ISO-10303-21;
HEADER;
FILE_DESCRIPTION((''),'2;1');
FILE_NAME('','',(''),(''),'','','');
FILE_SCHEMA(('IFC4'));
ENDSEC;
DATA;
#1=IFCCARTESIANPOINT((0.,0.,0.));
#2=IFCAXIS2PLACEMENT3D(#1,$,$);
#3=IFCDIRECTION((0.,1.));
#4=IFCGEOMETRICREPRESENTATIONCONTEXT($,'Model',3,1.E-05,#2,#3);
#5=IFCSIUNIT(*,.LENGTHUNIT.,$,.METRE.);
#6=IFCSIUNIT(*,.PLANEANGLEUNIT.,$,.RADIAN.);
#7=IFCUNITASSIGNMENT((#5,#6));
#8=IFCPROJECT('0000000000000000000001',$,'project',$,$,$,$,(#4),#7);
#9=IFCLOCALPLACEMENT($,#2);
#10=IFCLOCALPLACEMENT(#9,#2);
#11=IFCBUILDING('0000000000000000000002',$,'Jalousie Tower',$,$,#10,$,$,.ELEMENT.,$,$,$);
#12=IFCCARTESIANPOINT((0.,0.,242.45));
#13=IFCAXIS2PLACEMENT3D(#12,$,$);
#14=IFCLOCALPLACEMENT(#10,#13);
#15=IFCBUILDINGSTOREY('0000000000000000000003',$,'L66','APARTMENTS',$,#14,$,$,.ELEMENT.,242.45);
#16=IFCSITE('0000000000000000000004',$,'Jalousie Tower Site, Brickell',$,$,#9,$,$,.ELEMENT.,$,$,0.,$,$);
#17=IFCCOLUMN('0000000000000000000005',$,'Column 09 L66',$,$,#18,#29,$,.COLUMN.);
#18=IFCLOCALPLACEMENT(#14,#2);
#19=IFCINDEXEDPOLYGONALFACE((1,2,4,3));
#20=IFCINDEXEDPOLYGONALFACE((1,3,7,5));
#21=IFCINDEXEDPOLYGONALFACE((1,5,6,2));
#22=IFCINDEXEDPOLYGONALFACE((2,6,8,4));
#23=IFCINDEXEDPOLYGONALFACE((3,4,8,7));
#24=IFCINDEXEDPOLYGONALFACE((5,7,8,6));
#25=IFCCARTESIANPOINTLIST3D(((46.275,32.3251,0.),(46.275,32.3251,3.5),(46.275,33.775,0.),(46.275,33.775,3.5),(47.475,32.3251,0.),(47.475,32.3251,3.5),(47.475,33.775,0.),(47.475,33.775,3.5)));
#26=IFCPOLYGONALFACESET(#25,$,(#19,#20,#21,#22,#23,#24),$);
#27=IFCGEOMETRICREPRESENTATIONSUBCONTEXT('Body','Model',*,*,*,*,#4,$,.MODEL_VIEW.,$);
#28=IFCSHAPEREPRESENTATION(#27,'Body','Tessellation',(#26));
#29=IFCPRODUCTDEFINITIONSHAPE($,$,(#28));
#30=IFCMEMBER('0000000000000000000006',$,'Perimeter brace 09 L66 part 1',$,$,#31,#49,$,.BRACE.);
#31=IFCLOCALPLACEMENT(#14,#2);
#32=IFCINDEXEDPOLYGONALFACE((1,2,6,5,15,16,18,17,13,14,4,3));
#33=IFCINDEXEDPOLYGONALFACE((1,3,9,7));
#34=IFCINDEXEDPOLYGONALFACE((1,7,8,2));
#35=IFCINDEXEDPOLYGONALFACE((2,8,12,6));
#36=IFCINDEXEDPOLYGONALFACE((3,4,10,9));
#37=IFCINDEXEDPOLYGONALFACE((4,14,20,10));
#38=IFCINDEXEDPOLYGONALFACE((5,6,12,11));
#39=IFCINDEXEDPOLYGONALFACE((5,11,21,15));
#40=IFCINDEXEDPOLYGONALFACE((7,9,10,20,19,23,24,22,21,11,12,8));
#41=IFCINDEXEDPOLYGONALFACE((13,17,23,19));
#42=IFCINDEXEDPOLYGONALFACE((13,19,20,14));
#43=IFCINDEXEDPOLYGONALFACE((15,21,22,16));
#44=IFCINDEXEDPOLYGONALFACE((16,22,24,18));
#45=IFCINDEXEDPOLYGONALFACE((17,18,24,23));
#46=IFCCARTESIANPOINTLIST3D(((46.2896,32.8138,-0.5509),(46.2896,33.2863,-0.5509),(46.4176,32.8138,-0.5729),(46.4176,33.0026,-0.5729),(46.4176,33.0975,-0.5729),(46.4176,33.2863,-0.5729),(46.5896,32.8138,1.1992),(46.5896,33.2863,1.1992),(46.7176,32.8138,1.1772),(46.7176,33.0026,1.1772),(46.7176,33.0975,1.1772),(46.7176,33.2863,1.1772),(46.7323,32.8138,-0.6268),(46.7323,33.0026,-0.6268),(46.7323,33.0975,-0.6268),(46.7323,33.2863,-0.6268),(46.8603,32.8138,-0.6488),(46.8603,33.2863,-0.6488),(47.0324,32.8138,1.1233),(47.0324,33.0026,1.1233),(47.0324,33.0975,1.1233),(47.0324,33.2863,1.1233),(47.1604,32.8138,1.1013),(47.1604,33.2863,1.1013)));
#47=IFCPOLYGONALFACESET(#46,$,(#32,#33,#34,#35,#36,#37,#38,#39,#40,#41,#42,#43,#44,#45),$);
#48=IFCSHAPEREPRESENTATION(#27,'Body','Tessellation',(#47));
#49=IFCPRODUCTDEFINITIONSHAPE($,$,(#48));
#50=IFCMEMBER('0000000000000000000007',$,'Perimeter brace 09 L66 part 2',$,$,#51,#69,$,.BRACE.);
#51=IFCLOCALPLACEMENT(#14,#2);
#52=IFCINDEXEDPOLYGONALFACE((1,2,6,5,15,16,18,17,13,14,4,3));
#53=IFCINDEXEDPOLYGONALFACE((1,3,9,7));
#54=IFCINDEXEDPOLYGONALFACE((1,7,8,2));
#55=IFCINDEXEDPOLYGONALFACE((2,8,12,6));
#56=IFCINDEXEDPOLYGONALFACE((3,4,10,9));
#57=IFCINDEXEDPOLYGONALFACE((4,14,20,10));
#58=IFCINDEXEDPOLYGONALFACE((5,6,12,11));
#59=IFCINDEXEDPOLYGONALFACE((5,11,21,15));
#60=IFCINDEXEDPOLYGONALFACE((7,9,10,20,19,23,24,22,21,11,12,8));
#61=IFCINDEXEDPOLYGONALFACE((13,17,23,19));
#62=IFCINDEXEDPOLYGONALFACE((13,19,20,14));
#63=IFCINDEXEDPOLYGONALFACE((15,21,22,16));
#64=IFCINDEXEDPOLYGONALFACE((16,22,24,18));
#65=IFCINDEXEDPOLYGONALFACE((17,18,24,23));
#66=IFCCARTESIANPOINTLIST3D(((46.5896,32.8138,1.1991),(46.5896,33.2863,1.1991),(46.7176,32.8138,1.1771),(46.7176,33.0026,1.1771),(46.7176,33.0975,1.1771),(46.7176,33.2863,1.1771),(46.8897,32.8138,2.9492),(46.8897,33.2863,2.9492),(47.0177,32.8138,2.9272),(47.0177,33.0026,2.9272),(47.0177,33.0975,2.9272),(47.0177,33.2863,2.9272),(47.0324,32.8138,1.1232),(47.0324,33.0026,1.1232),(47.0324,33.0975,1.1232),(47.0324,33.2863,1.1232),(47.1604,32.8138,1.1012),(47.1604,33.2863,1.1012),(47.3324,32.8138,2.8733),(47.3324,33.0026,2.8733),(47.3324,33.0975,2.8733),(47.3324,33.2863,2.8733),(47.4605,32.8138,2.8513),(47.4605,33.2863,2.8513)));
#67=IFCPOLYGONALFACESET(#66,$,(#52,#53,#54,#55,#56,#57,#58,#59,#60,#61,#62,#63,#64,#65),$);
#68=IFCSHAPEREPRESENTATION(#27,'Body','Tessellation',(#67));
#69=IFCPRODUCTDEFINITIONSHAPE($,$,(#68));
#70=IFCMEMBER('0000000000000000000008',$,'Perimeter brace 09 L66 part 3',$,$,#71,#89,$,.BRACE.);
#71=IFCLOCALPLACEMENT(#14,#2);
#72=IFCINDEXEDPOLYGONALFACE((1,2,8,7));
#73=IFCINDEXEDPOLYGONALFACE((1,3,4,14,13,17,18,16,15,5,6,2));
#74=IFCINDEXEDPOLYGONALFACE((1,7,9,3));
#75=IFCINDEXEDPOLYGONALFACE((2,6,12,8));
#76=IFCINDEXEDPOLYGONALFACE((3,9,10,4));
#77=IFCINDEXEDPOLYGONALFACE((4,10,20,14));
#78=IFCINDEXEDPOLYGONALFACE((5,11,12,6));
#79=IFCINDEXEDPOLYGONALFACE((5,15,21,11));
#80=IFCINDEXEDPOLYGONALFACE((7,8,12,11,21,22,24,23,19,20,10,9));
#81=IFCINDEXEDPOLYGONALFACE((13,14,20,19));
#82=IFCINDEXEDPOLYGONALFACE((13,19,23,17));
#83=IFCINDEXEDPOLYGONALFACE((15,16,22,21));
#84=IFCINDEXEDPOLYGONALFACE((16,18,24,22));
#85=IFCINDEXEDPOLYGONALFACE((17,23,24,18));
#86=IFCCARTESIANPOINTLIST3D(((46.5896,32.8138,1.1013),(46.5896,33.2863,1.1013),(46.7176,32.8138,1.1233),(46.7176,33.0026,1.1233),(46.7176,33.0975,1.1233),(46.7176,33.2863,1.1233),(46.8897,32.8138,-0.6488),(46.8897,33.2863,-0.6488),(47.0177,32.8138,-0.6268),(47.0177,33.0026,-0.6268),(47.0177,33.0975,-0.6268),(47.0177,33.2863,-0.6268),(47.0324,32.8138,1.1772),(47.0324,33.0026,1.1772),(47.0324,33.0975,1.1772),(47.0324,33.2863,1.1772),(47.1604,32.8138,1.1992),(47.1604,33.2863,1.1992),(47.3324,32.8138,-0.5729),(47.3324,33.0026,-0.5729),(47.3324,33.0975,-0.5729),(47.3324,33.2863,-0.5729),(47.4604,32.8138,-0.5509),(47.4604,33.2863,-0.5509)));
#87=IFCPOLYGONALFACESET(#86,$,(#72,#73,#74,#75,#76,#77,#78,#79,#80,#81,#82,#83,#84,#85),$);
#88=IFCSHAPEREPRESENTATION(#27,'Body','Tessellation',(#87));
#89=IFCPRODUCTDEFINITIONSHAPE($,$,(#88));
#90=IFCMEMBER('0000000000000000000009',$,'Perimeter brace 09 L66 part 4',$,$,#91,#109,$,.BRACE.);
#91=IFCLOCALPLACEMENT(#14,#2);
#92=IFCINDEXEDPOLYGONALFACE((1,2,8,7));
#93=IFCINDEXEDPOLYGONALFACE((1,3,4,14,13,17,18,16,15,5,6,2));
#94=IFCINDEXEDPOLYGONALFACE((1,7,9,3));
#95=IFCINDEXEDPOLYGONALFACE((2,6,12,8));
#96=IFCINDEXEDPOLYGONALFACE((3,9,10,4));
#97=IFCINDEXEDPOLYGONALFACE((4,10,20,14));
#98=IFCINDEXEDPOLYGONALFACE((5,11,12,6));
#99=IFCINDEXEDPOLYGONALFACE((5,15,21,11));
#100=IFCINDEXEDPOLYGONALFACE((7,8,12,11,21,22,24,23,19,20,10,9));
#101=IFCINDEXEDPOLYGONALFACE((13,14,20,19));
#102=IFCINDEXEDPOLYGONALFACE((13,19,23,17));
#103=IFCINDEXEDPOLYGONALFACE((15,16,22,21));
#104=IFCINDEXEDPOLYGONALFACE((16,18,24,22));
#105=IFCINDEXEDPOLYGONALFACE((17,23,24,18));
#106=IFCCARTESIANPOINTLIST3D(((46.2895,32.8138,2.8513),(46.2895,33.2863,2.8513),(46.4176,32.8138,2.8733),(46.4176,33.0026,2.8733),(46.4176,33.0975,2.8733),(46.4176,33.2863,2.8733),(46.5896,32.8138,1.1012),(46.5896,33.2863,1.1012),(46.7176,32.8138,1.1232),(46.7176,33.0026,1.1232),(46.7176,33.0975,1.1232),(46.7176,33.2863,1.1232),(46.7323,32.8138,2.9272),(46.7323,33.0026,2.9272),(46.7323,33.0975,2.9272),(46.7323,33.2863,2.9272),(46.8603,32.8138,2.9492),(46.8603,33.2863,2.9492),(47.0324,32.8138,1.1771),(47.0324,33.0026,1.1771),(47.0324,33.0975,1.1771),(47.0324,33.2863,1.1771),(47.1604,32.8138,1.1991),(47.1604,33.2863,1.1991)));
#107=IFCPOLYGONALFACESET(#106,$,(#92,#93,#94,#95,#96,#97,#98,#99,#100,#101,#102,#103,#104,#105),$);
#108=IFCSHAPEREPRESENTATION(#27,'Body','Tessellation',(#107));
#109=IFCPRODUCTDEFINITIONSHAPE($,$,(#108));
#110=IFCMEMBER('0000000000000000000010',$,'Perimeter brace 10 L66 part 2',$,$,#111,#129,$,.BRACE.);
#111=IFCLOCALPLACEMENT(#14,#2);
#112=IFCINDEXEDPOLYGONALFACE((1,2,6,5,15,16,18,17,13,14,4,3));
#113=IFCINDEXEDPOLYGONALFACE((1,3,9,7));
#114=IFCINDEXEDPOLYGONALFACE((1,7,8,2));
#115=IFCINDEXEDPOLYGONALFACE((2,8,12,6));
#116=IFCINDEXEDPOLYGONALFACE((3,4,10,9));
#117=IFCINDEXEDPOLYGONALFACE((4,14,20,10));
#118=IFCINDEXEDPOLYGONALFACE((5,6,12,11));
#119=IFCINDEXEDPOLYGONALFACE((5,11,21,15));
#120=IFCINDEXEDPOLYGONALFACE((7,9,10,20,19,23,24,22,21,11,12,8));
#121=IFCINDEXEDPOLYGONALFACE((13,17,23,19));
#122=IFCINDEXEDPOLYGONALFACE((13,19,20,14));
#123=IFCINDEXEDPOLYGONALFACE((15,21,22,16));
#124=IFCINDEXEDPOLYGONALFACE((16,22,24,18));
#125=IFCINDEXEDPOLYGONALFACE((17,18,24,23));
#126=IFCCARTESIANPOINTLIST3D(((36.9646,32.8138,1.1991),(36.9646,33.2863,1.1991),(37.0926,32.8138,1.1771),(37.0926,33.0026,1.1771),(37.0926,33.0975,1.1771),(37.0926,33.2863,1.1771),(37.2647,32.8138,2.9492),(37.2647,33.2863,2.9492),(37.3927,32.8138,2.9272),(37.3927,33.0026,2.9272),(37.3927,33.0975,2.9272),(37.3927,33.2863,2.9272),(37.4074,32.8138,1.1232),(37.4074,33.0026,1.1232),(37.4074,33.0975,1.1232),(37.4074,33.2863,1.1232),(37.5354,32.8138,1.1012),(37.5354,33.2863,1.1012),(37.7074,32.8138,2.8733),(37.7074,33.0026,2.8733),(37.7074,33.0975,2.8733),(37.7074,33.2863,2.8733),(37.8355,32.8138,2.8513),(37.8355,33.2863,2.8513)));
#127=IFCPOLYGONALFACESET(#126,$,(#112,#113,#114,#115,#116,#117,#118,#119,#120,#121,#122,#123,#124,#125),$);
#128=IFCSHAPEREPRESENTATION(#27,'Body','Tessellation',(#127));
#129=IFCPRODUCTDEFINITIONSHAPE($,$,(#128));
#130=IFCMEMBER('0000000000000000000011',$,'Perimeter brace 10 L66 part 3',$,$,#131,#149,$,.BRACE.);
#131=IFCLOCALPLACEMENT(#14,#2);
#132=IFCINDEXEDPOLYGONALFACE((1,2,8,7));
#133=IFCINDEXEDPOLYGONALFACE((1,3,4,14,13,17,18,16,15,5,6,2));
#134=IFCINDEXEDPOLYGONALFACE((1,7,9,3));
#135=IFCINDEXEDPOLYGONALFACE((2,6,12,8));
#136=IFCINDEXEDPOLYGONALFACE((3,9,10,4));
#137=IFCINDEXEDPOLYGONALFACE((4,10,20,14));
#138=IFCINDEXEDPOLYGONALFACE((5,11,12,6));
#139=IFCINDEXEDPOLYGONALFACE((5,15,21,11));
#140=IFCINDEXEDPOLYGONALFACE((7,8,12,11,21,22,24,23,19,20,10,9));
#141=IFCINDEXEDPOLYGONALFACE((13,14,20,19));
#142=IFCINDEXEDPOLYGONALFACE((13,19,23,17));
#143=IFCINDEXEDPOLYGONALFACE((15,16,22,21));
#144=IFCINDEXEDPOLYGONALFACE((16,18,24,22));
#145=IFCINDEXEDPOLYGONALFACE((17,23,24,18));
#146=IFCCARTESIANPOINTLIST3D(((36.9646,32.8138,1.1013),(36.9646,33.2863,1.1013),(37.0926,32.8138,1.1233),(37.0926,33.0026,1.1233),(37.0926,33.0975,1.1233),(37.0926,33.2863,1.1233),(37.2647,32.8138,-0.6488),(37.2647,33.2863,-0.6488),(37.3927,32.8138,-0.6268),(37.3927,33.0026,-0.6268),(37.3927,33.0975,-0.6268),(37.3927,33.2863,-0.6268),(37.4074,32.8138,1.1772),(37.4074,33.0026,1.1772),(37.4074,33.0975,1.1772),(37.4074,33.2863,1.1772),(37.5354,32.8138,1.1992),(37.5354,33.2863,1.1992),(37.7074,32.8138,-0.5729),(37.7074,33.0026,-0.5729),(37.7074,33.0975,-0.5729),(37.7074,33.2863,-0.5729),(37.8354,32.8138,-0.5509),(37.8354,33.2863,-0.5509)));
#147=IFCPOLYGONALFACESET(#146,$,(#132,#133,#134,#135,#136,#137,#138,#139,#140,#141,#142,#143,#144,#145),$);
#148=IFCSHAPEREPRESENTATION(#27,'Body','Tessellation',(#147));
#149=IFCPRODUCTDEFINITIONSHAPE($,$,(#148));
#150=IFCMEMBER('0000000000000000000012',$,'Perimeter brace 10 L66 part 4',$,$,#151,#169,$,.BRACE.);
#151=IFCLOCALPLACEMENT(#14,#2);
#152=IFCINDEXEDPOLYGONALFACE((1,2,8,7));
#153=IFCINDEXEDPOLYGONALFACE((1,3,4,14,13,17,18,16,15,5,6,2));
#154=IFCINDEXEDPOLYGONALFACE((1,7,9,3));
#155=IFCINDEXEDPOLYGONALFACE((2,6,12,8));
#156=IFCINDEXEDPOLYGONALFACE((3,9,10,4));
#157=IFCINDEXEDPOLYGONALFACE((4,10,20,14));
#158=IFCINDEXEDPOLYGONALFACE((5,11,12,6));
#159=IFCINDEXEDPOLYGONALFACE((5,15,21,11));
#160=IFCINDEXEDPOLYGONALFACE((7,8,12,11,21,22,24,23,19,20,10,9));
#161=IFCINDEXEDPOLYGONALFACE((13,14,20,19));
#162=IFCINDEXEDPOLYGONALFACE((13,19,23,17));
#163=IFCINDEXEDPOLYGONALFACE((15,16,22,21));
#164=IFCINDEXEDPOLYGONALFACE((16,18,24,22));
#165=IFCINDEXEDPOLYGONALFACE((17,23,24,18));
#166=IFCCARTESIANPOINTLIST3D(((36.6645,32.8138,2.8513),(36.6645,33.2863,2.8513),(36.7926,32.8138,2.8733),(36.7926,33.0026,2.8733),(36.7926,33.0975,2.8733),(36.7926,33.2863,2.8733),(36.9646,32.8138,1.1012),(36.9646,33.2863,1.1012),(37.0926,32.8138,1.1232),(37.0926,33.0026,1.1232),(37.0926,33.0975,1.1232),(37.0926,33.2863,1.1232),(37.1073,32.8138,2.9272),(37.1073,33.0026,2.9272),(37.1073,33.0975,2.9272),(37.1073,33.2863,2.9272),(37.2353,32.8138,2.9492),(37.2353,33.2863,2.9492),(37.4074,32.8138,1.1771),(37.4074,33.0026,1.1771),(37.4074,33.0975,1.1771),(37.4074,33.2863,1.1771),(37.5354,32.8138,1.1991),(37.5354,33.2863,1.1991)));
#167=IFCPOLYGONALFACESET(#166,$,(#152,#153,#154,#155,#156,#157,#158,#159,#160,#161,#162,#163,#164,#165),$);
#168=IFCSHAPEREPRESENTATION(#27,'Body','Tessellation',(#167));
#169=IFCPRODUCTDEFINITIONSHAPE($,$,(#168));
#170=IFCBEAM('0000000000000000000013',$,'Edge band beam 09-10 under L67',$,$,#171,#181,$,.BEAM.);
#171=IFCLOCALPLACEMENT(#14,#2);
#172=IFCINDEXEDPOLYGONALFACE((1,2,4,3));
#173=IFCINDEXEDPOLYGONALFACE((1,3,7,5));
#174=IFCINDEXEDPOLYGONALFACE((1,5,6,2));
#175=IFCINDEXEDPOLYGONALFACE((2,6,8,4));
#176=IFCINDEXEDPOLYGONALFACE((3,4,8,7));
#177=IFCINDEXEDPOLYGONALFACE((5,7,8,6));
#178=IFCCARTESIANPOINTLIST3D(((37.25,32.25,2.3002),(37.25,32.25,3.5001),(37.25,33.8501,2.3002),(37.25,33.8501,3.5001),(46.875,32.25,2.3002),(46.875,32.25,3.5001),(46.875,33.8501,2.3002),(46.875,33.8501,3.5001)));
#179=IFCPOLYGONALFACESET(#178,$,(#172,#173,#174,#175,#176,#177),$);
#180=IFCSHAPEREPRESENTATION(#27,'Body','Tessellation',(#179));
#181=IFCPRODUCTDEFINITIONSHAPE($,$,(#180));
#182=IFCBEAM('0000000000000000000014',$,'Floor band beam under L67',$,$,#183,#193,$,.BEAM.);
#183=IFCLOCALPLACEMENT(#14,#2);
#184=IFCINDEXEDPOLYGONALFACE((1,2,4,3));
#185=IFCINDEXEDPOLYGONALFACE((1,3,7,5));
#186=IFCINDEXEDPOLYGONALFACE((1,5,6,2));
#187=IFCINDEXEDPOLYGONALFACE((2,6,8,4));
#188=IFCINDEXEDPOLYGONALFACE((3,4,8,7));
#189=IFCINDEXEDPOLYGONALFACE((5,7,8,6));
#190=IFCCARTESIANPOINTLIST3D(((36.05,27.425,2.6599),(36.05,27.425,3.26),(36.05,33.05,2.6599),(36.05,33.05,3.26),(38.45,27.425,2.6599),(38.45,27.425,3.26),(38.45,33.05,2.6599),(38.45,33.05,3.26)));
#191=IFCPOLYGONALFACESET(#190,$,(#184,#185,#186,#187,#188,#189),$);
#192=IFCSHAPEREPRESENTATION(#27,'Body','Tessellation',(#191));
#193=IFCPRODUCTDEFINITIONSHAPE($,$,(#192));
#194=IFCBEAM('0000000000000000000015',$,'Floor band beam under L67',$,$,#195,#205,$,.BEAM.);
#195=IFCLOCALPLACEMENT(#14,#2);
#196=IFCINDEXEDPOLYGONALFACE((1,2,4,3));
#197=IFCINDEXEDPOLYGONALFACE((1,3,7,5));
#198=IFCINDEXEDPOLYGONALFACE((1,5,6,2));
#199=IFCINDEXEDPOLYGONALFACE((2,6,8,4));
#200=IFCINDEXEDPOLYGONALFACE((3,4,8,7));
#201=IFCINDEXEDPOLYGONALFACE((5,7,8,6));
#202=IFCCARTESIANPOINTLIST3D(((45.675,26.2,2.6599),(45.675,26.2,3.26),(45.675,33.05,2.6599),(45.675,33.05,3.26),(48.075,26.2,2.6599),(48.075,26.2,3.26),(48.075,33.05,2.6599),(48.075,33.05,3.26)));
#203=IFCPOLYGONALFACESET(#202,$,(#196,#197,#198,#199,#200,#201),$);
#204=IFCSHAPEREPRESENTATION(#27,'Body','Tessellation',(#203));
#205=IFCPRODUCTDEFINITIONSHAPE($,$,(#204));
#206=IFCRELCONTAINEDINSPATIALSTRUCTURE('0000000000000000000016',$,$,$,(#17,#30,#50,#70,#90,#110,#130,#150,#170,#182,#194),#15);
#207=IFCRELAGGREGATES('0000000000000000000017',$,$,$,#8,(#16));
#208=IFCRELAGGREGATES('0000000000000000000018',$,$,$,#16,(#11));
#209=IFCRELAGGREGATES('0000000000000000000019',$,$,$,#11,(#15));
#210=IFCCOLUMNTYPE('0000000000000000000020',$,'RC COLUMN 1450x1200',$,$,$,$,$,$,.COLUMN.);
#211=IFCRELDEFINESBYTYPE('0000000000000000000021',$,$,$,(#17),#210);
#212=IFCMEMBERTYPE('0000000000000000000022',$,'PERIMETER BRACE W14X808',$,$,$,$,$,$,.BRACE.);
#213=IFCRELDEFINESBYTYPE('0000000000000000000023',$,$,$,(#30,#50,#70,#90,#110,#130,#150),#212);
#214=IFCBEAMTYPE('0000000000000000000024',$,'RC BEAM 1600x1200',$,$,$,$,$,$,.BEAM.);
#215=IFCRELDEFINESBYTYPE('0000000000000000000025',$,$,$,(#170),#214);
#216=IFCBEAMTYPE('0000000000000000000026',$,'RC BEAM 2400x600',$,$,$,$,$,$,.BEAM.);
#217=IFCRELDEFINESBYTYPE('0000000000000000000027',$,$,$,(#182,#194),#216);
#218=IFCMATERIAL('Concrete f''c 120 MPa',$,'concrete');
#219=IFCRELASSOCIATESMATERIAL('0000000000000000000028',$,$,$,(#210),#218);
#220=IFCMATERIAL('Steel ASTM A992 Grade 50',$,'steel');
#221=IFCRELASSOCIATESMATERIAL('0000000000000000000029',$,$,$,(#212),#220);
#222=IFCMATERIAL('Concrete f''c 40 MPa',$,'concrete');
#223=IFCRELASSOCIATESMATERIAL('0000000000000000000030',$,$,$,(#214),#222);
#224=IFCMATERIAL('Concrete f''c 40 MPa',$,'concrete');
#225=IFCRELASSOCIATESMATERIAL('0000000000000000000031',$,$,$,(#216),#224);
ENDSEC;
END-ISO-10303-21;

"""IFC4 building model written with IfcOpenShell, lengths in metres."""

from ifc_helpers import new_model, si_unit, direction, frame, origin, origin_2d, place, context, subcontext, project, spatial, rectangle, i_section, extrude, material, material_profile, profile_set, type_object, element, save


model = new_model("IFC4")

# Units and contexts
model_context = context("Model", 3, precision=1e-05, world=origin(), true_north=direction((0.0, 1.0)))
body_context = subcontext(model_context, "Body", "Model", "MODEL_VIEW")
ifc_project = project(units=[si_unit("LENGTHUNIT", "METRE"), si_unit("PLANEANGLEUNIT", "RADIAN")], contexts=[model_context])

# Site, building, storey
site_placement = place(None, origin())
site = spatial("IfcSite", under=ifc_project, at=site_placement, Name="Jalousie Tower Site, Brickell", CompositionType="ELEMENT", RefElevation=0.0)
building_placement = place(site_placement, origin())
building = spatial("IfcBuilding", under=site, at=building_placement, Name="Jalousie Tower", CompositionType="ELEMENT")
storey_placement = place(building_placement, frame((0.0, 0.0, 242.45)))
storey = spatial("IfcBuildingStorey", under=building, at=storey_placement, Name="L66", Description="APARTMENTS", CompositionType="ELEMENT", Elevation=242.45)

# Column
ifc_material_1 = material(Name="Concrete f'c 120 MPa", Category="concrete")
ifc_material_profile_1 = material_profile(ifc_material_1, rectangle(XDim=1.45, YDim=1.2, at=origin_2d()), Name="RC 1450x1200")
ifc_profile_set_1 = profile_set([ifc_material_profile_1], Name="Concrete f'c 120 MPa")
column_type = type_object("IfcColumnType", Name="RC COLUMN 1450x1200", PredefinedType="COLUMN", material=ifc_profile_set_1)
column_placement = place(storey_placement, frame((46.875, 33.05, 0.0), z_axis=(0.0, 0.0, 1.0), x_axis=(0.0, 1.0, 0.0)))
element("IfcColumn", 1, at=column_placement, inside=storey, type_object=column_type, Name="Column 09 L66", PredefinedType="COLUMN", context=body_context, shape_type="SweptSolid", body=[
    extrude(rectangle(XDim=1.45, YDim=1.2, at=origin_2d()), origin(), (0.0, 0.0, 1.0), 3.5),
])

# Members
ifc_material_2 = material(Name="Steel ASTM A992 Grade 50", Category="steel")
ifc_material_profile_2 = material_profile(ifc_material_2, i_section(OverallWidth=0.4724, OverallDepth=0.5791, WebThickness=0.095, FlangeThickness=0.1299, at=origin_2d()), Name="W14X808")
ifc_profile_set_2 = profile_set([ifc_material_profile_2], Name="Steel ASTM A992 Grade 50")
member_type_1 = type_object("IfcMemberType", Name="PERIMETER BRACE W14X808", PredefinedType="BRACE", material=ifc_profile_set_2)
for number, where, z_axis, x_axis, name in (
    (2, (46.575, 33.05, -0.5999), (0.168991, 0.0, 0.985618), (0.0, 1.0, 0.0), "Perimeter brace 09 L66 part 1"),
    (3, (46.875, 33.05, 1.1501), (0.168991, 0.0, 0.985618), (0.0, 1.0, 0.0), "Perimeter brace 09 L66 part 2"),
    (4, (47.175, 33.05, -0.5999), (-0.168991, 0.0, 0.985618), (0.0, -1.0, 0.0), "Perimeter brace 09 L66 part 3"),
    (5, (46.875, 33.05, 1.1501), (-0.168991, 0.0, 0.985618), (0.0, -1.0, 0.0), "Perimeter brace 09 L66 part 4"),
    (6, (37.25, 33.05, 1.1501), (0.168991, 0.0, 0.985618), (0.0, 1.0, 0.0), "Perimeter brace 10 L66 part 2"),
    (7, (37.55, 33.05, -0.5999), (-0.168991, 0.0, 0.985618), (0.0, -1.0, 0.0), "Perimeter brace 10 L66 part 3"),
    (8, (37.25, 33.05, 1.1501), (-0.168991, 0.0, 0.985618), (0.0, -1.0, 0.0), "Perimeter brace 10 L66 part 4"),
):
    element("IfcMember", number, at=place(storey_placement, frame(where, z_axis=z_axis, x_axis=x_axis)), inside=storey, type_object=member_type_1, Name=name, PredefinedType="BRACE", context=body_context, shape_type="SweptSolid", body=[
        extrude(i_section(OverallWidth=0.4724, OverallDepth=0.5791, WebThickness=0.095, FlangeThickness=0.1299, at=origin_2d()), origin(), (0.0, 0.0, 1.0), 1.7756),
    ])

# Beams
ifc_material_3 = material(Name="Concrete f'c 40 MPa", Category="concrete")
ifc_material_profile_3 = material_profile(ifc_material_3, rectangle(XDim=1.6001, YDim=1.2, at=origin_2d()), Name="RC 1600x1200")
ifc_profile_set_3 = profile_set([ifc_material_profile_3], Name="Concrete f'c 40 MPa")
beam_type_1 = type_object("IfcBeamType", Name="RC BEAM 1600x1200", PredefinedType="BEAM", material=ifc_profile_set_3)
beam_1_placement = place(storey_placement, frame((46.875, 33.05, 2.9001), z_axis=(-1.0, 0.0, 0.0), x_axis=(0.0, -1.0, 0.0)))
element("IfcBeam", 9, at=beam_1_placement, inside=storey, type_object=beam_type_1, Name="Edge band beam 09-10 under L67", PredefinedType="BEAM", context=body_context, shape_type="SweptSolid", body=[
    extrude(rectangle(XDim=1.6001, YDim=1.2, at=origin_2d()), origin(), (0.0, 0.0, 1.0), 9.625),
])
ifc_material_4 = material(Name="Concrete f'c 40 MPa", Category="concrete")
ifc_material_profile_4 = material_profile(ifc_material_4, rectangle(XDim=2.3999, YDim=0.6001, at=origin_2d()), Name="RC 2400x600")
ifc_profile_set_4 = profile_set([ifc_material_profile_4], Name="Concrete f'c 40 MPa")
beam_type_2 = type_object("IfcBeamType", Name="RC BEAM 2400x600", PredefinedType="BEAM", material=ifc_profile_set_4)
beam_2_placement = place(storey_placement, frame((37.25, 33.05, 2.96), z_axis=(0.0, -1.0, 0.0), x_axis=(1.0, 0.0, 0.0)))
element("IfcBeam", 10, at=beam_2_placement, inside=storey, type_object=beam_type_2, Name="Floor band beam under L67", PredefinedType="BEAM", context=body_context, shape_type="SweptSolid", body=[
    extrude(rectangle(XDim=2.3999, YDim=0.6001, at=origin_2d()), origin(), (0.0, 0.0, 1.0), 5.625),
])
beam_3_placement = place(storey_placement, frame((46.875, 33.05, 2.96), z_axis=(0.0, -1.0, 0.0), x_axis=(1.0, 0.0, 0.0)))
element("IfcBeam", 11, at=beam_3_placement, inside=storey, type_object=beam_type_2, Name="Floor band beam under L67", PredefinedType="BEAM", context=body_context, shape_type="SweptSolid", body=[
    extrude(rectangle(XDim=2.3999, YDim=0.6001, at=origin_2d()), origin(), (0.0, 0.0, 1.0), 6.8501),
])

save(model, "model.ifc")
